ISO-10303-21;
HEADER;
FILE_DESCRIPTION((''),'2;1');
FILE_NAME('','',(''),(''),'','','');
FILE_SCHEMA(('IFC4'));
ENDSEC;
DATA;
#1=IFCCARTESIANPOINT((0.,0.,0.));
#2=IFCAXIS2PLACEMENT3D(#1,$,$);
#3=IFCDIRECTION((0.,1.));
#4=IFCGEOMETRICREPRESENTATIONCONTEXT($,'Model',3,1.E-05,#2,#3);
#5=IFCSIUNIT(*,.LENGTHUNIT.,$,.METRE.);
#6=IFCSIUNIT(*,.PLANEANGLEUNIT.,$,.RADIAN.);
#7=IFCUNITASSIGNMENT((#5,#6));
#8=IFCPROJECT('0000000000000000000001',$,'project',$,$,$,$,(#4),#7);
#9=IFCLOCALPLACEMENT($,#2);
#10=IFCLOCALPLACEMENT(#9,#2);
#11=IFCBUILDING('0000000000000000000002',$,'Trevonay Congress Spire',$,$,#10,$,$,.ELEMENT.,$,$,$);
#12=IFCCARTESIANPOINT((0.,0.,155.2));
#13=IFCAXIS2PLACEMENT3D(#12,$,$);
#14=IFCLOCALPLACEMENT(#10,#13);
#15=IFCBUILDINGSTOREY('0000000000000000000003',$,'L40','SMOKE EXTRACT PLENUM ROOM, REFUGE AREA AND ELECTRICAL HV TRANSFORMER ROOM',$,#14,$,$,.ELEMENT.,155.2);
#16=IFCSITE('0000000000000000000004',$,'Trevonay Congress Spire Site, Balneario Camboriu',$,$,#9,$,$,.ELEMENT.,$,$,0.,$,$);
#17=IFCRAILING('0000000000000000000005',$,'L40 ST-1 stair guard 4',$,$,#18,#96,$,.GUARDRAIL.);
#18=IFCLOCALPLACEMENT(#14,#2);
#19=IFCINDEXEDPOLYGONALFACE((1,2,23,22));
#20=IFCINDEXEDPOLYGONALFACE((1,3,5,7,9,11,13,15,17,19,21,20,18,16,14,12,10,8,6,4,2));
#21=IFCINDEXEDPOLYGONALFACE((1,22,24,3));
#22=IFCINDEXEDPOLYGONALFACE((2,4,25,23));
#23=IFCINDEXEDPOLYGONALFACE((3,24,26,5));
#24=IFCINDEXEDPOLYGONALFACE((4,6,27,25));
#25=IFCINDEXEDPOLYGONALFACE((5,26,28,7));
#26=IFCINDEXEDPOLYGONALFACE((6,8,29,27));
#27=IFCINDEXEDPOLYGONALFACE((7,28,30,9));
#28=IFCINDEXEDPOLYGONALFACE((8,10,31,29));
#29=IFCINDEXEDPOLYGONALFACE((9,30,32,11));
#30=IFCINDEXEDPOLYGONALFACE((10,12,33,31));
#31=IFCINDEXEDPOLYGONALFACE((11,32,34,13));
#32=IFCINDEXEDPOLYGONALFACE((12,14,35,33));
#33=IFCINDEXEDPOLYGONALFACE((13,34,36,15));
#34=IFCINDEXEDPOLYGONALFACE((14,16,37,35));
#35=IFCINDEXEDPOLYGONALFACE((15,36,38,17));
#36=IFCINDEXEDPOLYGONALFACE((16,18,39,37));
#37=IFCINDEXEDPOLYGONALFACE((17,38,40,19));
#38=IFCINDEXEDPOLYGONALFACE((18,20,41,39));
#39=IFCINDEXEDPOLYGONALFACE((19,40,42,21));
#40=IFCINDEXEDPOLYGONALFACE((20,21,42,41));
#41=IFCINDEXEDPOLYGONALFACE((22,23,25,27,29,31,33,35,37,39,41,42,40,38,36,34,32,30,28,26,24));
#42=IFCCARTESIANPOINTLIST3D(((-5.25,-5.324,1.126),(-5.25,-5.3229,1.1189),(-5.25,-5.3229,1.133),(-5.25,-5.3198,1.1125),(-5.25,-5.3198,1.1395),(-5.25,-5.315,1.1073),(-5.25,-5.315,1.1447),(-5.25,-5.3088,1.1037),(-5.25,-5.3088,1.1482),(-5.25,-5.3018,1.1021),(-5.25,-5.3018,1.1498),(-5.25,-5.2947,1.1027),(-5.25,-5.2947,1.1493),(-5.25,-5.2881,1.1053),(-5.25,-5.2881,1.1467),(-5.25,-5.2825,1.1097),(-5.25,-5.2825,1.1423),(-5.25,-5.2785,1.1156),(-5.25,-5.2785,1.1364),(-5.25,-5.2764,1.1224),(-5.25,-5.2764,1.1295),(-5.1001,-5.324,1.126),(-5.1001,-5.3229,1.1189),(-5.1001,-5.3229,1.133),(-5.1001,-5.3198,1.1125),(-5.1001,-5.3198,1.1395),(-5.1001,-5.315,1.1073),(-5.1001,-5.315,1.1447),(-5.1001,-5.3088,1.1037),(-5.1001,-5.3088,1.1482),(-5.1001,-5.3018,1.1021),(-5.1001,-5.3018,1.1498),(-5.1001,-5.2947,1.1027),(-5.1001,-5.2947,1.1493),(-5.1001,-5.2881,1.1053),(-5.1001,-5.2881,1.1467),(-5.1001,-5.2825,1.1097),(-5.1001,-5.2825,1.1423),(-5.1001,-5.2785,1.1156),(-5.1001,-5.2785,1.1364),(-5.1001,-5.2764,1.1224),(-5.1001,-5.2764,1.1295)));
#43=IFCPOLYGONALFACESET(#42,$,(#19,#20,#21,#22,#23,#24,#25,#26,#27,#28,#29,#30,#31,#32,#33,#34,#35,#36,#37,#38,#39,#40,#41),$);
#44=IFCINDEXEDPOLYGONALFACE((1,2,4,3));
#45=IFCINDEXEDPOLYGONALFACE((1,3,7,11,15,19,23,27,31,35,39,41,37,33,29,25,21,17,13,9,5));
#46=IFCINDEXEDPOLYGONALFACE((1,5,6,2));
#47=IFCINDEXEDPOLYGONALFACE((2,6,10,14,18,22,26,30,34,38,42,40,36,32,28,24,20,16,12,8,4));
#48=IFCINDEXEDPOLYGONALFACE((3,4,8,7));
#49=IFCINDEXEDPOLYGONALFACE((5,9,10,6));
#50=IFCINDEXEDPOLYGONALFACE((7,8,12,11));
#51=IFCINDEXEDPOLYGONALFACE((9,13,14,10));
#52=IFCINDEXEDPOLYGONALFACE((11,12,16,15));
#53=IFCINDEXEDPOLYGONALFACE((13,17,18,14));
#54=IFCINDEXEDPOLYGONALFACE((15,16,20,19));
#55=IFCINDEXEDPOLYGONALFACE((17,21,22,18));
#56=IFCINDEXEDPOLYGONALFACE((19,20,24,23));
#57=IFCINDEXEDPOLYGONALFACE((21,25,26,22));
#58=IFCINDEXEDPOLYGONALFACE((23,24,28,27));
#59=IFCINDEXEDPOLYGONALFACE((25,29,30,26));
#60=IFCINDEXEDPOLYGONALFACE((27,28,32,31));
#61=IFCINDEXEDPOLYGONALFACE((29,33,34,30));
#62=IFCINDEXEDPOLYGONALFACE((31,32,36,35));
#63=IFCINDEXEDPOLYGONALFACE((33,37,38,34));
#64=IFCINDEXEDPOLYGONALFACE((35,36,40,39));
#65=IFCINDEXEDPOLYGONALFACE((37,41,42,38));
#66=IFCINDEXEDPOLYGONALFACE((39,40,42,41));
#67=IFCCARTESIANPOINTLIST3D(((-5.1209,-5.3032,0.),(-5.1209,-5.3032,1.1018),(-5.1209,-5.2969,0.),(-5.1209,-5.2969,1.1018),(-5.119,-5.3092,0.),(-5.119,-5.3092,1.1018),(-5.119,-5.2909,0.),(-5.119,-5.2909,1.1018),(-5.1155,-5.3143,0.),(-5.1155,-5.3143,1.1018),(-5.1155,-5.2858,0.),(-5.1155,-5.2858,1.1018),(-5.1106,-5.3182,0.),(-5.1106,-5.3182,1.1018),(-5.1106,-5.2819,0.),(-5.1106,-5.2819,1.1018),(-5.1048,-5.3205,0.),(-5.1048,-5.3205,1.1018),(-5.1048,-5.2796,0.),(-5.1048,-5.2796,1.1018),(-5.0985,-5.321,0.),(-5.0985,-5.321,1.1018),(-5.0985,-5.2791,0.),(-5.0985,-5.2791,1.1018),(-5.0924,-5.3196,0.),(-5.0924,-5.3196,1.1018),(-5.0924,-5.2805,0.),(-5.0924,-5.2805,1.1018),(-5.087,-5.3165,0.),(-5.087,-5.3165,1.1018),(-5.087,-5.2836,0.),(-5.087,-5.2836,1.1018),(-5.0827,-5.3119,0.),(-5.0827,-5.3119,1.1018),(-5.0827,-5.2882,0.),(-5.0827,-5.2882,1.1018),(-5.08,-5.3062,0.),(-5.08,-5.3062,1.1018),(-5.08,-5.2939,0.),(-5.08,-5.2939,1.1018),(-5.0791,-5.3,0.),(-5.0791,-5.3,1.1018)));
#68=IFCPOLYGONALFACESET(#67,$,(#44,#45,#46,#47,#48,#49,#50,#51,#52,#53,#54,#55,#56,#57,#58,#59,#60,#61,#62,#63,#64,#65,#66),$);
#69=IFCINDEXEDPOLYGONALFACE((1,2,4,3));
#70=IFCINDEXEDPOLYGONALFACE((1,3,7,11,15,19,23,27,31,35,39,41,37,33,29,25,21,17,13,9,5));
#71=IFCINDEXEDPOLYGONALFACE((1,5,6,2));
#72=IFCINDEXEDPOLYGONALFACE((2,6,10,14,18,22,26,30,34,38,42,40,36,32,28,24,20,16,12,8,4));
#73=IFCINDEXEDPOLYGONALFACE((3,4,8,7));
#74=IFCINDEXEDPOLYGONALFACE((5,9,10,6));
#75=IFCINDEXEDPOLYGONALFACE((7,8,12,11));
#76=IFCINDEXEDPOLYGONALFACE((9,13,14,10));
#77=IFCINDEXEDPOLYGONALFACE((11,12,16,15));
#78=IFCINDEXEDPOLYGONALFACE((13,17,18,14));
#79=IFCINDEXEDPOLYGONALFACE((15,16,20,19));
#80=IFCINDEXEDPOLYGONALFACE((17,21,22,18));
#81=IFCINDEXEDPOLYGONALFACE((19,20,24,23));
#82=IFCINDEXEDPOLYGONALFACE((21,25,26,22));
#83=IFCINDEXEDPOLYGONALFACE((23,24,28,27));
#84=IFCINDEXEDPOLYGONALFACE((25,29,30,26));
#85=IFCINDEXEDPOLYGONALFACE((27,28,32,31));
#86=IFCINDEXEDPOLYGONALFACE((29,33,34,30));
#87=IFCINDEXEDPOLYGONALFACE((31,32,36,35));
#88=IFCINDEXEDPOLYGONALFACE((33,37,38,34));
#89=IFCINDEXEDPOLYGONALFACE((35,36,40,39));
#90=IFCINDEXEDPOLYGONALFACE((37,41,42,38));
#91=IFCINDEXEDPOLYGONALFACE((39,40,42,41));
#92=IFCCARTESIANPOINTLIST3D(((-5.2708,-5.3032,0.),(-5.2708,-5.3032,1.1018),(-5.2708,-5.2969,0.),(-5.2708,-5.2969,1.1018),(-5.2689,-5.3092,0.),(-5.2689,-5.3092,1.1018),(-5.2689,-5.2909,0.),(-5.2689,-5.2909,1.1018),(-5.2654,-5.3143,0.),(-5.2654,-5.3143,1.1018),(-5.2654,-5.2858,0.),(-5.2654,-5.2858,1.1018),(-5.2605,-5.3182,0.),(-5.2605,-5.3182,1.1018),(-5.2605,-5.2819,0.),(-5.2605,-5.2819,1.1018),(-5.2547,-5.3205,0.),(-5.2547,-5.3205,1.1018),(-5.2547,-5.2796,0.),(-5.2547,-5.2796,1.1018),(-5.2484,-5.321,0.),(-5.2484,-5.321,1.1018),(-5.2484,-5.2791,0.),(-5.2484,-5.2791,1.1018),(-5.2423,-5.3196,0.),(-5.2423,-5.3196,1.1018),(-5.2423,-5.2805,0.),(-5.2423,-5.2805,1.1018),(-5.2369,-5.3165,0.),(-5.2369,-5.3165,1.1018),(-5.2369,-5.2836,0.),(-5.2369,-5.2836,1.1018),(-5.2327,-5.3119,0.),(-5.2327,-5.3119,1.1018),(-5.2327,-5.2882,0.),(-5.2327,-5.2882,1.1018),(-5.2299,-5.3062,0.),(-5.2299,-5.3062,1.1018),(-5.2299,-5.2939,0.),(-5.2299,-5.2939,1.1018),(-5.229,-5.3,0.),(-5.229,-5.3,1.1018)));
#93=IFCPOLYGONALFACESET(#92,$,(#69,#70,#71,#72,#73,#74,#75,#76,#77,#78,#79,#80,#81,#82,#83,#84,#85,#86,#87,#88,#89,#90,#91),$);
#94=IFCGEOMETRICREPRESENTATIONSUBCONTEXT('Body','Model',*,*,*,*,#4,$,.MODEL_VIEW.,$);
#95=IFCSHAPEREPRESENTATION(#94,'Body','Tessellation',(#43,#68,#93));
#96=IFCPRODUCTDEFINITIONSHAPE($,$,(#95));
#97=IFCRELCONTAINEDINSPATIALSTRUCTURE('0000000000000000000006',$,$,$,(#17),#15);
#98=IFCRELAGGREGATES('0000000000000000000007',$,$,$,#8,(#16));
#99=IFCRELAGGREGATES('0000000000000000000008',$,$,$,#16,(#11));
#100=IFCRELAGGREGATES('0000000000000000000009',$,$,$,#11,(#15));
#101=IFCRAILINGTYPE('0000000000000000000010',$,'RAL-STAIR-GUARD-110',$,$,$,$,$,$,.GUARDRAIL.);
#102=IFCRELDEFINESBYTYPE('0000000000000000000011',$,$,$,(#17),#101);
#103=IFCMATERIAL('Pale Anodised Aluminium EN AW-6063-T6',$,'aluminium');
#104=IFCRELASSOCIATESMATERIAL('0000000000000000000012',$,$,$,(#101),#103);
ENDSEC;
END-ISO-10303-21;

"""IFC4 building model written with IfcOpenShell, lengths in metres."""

from ifc_helpers import new_model, si_unit, direction, frame, origin, origin_2d, place, context, subcontext, project, spatial, circle, extrude, material, type_object, element, save


model = new_model("IFC4")

# Units and contexts
model_context = context("Model", 3, precision=1e-05, world=origin(), true_north=direction((0.0, 1.0)))
body_context = subcontext(model_context, "Body", "Model", "MODEL_VIEW")
ifc_project = project(units=[si_unit("LENGTHUNIT", "METRE"), si_unit("PLANEANGLEUNIT", "RADIAN")], contexts=[model_context])

# Site, building, storey
site_placement = place(None, origin())
site = spatial("IfcSite", under=ifc_project, at=site_placement, Name="Trevonay Congress Spire Site, Balneario Camboriu", CompositionType="ELEMENT", RefElevation=0.0)
building_placement = place(site_placement, origin())
building = spatial("IfcBuilding", under=site, at=building_placement, Name="Trevonay Congress Spire", CompositionType="ELEMENT")
storey_placement = place(building_placement, frame((0.0, 0.0, 155.2)))
storey = spatial("IfcBuildingStorey", under=building, at=storey_placement, Name="L40", Description="SMOKE EXTRACT PLENUM ROOM, REFUGE AREA AND ELECTRICAL HV TRANSFORMER ROOM", CompositionType="ELEMENT", Elevation=155.2)

# Railing
ifc_material_1 = material(Name="Pale Anodised Aluminium EN AW-6063-T6", Category="aluminium")
railing_type_1 = type_object("IfcRailingType", Name="RAL-STAIR-GUARD-110", PredefinedType="GUARDRAIL", material=ifc_material_1)
railing_1_placement = place(storey_placement, frame((-5.1001, -5.3, 0.0)))
element("IfcRailing", 1, at=railing_1_placement, inside=storey, type_object=railing_type_1, Name="L40 ST-1 stair guard 4", PredefinedType="GUARDRAIL", context=body_context, shape_type="SweptSolid", body=[
    extrude(circle(Radius=0.0239, at=origin_2d()), frame((0.0, 0.0, 1.126), z_axis=(-1.0, 0.0, 0.0), x_axis=(0.0, -1.0, 0.0)), (0.0, 0.0, 1.0), 0.1499),
    extrude(circle(Radius=0.021, at=origin_2d()), origin(), (0.0, 0.0, 1.0), 1.1018),
    extrude(circle(Radius=0.021, at=origin_2d()), frame((-0.1499, 0.0, 0.0)), (0.0, 0.0, 1.0), 1.1018),
])

save(model, "model.ifc")
